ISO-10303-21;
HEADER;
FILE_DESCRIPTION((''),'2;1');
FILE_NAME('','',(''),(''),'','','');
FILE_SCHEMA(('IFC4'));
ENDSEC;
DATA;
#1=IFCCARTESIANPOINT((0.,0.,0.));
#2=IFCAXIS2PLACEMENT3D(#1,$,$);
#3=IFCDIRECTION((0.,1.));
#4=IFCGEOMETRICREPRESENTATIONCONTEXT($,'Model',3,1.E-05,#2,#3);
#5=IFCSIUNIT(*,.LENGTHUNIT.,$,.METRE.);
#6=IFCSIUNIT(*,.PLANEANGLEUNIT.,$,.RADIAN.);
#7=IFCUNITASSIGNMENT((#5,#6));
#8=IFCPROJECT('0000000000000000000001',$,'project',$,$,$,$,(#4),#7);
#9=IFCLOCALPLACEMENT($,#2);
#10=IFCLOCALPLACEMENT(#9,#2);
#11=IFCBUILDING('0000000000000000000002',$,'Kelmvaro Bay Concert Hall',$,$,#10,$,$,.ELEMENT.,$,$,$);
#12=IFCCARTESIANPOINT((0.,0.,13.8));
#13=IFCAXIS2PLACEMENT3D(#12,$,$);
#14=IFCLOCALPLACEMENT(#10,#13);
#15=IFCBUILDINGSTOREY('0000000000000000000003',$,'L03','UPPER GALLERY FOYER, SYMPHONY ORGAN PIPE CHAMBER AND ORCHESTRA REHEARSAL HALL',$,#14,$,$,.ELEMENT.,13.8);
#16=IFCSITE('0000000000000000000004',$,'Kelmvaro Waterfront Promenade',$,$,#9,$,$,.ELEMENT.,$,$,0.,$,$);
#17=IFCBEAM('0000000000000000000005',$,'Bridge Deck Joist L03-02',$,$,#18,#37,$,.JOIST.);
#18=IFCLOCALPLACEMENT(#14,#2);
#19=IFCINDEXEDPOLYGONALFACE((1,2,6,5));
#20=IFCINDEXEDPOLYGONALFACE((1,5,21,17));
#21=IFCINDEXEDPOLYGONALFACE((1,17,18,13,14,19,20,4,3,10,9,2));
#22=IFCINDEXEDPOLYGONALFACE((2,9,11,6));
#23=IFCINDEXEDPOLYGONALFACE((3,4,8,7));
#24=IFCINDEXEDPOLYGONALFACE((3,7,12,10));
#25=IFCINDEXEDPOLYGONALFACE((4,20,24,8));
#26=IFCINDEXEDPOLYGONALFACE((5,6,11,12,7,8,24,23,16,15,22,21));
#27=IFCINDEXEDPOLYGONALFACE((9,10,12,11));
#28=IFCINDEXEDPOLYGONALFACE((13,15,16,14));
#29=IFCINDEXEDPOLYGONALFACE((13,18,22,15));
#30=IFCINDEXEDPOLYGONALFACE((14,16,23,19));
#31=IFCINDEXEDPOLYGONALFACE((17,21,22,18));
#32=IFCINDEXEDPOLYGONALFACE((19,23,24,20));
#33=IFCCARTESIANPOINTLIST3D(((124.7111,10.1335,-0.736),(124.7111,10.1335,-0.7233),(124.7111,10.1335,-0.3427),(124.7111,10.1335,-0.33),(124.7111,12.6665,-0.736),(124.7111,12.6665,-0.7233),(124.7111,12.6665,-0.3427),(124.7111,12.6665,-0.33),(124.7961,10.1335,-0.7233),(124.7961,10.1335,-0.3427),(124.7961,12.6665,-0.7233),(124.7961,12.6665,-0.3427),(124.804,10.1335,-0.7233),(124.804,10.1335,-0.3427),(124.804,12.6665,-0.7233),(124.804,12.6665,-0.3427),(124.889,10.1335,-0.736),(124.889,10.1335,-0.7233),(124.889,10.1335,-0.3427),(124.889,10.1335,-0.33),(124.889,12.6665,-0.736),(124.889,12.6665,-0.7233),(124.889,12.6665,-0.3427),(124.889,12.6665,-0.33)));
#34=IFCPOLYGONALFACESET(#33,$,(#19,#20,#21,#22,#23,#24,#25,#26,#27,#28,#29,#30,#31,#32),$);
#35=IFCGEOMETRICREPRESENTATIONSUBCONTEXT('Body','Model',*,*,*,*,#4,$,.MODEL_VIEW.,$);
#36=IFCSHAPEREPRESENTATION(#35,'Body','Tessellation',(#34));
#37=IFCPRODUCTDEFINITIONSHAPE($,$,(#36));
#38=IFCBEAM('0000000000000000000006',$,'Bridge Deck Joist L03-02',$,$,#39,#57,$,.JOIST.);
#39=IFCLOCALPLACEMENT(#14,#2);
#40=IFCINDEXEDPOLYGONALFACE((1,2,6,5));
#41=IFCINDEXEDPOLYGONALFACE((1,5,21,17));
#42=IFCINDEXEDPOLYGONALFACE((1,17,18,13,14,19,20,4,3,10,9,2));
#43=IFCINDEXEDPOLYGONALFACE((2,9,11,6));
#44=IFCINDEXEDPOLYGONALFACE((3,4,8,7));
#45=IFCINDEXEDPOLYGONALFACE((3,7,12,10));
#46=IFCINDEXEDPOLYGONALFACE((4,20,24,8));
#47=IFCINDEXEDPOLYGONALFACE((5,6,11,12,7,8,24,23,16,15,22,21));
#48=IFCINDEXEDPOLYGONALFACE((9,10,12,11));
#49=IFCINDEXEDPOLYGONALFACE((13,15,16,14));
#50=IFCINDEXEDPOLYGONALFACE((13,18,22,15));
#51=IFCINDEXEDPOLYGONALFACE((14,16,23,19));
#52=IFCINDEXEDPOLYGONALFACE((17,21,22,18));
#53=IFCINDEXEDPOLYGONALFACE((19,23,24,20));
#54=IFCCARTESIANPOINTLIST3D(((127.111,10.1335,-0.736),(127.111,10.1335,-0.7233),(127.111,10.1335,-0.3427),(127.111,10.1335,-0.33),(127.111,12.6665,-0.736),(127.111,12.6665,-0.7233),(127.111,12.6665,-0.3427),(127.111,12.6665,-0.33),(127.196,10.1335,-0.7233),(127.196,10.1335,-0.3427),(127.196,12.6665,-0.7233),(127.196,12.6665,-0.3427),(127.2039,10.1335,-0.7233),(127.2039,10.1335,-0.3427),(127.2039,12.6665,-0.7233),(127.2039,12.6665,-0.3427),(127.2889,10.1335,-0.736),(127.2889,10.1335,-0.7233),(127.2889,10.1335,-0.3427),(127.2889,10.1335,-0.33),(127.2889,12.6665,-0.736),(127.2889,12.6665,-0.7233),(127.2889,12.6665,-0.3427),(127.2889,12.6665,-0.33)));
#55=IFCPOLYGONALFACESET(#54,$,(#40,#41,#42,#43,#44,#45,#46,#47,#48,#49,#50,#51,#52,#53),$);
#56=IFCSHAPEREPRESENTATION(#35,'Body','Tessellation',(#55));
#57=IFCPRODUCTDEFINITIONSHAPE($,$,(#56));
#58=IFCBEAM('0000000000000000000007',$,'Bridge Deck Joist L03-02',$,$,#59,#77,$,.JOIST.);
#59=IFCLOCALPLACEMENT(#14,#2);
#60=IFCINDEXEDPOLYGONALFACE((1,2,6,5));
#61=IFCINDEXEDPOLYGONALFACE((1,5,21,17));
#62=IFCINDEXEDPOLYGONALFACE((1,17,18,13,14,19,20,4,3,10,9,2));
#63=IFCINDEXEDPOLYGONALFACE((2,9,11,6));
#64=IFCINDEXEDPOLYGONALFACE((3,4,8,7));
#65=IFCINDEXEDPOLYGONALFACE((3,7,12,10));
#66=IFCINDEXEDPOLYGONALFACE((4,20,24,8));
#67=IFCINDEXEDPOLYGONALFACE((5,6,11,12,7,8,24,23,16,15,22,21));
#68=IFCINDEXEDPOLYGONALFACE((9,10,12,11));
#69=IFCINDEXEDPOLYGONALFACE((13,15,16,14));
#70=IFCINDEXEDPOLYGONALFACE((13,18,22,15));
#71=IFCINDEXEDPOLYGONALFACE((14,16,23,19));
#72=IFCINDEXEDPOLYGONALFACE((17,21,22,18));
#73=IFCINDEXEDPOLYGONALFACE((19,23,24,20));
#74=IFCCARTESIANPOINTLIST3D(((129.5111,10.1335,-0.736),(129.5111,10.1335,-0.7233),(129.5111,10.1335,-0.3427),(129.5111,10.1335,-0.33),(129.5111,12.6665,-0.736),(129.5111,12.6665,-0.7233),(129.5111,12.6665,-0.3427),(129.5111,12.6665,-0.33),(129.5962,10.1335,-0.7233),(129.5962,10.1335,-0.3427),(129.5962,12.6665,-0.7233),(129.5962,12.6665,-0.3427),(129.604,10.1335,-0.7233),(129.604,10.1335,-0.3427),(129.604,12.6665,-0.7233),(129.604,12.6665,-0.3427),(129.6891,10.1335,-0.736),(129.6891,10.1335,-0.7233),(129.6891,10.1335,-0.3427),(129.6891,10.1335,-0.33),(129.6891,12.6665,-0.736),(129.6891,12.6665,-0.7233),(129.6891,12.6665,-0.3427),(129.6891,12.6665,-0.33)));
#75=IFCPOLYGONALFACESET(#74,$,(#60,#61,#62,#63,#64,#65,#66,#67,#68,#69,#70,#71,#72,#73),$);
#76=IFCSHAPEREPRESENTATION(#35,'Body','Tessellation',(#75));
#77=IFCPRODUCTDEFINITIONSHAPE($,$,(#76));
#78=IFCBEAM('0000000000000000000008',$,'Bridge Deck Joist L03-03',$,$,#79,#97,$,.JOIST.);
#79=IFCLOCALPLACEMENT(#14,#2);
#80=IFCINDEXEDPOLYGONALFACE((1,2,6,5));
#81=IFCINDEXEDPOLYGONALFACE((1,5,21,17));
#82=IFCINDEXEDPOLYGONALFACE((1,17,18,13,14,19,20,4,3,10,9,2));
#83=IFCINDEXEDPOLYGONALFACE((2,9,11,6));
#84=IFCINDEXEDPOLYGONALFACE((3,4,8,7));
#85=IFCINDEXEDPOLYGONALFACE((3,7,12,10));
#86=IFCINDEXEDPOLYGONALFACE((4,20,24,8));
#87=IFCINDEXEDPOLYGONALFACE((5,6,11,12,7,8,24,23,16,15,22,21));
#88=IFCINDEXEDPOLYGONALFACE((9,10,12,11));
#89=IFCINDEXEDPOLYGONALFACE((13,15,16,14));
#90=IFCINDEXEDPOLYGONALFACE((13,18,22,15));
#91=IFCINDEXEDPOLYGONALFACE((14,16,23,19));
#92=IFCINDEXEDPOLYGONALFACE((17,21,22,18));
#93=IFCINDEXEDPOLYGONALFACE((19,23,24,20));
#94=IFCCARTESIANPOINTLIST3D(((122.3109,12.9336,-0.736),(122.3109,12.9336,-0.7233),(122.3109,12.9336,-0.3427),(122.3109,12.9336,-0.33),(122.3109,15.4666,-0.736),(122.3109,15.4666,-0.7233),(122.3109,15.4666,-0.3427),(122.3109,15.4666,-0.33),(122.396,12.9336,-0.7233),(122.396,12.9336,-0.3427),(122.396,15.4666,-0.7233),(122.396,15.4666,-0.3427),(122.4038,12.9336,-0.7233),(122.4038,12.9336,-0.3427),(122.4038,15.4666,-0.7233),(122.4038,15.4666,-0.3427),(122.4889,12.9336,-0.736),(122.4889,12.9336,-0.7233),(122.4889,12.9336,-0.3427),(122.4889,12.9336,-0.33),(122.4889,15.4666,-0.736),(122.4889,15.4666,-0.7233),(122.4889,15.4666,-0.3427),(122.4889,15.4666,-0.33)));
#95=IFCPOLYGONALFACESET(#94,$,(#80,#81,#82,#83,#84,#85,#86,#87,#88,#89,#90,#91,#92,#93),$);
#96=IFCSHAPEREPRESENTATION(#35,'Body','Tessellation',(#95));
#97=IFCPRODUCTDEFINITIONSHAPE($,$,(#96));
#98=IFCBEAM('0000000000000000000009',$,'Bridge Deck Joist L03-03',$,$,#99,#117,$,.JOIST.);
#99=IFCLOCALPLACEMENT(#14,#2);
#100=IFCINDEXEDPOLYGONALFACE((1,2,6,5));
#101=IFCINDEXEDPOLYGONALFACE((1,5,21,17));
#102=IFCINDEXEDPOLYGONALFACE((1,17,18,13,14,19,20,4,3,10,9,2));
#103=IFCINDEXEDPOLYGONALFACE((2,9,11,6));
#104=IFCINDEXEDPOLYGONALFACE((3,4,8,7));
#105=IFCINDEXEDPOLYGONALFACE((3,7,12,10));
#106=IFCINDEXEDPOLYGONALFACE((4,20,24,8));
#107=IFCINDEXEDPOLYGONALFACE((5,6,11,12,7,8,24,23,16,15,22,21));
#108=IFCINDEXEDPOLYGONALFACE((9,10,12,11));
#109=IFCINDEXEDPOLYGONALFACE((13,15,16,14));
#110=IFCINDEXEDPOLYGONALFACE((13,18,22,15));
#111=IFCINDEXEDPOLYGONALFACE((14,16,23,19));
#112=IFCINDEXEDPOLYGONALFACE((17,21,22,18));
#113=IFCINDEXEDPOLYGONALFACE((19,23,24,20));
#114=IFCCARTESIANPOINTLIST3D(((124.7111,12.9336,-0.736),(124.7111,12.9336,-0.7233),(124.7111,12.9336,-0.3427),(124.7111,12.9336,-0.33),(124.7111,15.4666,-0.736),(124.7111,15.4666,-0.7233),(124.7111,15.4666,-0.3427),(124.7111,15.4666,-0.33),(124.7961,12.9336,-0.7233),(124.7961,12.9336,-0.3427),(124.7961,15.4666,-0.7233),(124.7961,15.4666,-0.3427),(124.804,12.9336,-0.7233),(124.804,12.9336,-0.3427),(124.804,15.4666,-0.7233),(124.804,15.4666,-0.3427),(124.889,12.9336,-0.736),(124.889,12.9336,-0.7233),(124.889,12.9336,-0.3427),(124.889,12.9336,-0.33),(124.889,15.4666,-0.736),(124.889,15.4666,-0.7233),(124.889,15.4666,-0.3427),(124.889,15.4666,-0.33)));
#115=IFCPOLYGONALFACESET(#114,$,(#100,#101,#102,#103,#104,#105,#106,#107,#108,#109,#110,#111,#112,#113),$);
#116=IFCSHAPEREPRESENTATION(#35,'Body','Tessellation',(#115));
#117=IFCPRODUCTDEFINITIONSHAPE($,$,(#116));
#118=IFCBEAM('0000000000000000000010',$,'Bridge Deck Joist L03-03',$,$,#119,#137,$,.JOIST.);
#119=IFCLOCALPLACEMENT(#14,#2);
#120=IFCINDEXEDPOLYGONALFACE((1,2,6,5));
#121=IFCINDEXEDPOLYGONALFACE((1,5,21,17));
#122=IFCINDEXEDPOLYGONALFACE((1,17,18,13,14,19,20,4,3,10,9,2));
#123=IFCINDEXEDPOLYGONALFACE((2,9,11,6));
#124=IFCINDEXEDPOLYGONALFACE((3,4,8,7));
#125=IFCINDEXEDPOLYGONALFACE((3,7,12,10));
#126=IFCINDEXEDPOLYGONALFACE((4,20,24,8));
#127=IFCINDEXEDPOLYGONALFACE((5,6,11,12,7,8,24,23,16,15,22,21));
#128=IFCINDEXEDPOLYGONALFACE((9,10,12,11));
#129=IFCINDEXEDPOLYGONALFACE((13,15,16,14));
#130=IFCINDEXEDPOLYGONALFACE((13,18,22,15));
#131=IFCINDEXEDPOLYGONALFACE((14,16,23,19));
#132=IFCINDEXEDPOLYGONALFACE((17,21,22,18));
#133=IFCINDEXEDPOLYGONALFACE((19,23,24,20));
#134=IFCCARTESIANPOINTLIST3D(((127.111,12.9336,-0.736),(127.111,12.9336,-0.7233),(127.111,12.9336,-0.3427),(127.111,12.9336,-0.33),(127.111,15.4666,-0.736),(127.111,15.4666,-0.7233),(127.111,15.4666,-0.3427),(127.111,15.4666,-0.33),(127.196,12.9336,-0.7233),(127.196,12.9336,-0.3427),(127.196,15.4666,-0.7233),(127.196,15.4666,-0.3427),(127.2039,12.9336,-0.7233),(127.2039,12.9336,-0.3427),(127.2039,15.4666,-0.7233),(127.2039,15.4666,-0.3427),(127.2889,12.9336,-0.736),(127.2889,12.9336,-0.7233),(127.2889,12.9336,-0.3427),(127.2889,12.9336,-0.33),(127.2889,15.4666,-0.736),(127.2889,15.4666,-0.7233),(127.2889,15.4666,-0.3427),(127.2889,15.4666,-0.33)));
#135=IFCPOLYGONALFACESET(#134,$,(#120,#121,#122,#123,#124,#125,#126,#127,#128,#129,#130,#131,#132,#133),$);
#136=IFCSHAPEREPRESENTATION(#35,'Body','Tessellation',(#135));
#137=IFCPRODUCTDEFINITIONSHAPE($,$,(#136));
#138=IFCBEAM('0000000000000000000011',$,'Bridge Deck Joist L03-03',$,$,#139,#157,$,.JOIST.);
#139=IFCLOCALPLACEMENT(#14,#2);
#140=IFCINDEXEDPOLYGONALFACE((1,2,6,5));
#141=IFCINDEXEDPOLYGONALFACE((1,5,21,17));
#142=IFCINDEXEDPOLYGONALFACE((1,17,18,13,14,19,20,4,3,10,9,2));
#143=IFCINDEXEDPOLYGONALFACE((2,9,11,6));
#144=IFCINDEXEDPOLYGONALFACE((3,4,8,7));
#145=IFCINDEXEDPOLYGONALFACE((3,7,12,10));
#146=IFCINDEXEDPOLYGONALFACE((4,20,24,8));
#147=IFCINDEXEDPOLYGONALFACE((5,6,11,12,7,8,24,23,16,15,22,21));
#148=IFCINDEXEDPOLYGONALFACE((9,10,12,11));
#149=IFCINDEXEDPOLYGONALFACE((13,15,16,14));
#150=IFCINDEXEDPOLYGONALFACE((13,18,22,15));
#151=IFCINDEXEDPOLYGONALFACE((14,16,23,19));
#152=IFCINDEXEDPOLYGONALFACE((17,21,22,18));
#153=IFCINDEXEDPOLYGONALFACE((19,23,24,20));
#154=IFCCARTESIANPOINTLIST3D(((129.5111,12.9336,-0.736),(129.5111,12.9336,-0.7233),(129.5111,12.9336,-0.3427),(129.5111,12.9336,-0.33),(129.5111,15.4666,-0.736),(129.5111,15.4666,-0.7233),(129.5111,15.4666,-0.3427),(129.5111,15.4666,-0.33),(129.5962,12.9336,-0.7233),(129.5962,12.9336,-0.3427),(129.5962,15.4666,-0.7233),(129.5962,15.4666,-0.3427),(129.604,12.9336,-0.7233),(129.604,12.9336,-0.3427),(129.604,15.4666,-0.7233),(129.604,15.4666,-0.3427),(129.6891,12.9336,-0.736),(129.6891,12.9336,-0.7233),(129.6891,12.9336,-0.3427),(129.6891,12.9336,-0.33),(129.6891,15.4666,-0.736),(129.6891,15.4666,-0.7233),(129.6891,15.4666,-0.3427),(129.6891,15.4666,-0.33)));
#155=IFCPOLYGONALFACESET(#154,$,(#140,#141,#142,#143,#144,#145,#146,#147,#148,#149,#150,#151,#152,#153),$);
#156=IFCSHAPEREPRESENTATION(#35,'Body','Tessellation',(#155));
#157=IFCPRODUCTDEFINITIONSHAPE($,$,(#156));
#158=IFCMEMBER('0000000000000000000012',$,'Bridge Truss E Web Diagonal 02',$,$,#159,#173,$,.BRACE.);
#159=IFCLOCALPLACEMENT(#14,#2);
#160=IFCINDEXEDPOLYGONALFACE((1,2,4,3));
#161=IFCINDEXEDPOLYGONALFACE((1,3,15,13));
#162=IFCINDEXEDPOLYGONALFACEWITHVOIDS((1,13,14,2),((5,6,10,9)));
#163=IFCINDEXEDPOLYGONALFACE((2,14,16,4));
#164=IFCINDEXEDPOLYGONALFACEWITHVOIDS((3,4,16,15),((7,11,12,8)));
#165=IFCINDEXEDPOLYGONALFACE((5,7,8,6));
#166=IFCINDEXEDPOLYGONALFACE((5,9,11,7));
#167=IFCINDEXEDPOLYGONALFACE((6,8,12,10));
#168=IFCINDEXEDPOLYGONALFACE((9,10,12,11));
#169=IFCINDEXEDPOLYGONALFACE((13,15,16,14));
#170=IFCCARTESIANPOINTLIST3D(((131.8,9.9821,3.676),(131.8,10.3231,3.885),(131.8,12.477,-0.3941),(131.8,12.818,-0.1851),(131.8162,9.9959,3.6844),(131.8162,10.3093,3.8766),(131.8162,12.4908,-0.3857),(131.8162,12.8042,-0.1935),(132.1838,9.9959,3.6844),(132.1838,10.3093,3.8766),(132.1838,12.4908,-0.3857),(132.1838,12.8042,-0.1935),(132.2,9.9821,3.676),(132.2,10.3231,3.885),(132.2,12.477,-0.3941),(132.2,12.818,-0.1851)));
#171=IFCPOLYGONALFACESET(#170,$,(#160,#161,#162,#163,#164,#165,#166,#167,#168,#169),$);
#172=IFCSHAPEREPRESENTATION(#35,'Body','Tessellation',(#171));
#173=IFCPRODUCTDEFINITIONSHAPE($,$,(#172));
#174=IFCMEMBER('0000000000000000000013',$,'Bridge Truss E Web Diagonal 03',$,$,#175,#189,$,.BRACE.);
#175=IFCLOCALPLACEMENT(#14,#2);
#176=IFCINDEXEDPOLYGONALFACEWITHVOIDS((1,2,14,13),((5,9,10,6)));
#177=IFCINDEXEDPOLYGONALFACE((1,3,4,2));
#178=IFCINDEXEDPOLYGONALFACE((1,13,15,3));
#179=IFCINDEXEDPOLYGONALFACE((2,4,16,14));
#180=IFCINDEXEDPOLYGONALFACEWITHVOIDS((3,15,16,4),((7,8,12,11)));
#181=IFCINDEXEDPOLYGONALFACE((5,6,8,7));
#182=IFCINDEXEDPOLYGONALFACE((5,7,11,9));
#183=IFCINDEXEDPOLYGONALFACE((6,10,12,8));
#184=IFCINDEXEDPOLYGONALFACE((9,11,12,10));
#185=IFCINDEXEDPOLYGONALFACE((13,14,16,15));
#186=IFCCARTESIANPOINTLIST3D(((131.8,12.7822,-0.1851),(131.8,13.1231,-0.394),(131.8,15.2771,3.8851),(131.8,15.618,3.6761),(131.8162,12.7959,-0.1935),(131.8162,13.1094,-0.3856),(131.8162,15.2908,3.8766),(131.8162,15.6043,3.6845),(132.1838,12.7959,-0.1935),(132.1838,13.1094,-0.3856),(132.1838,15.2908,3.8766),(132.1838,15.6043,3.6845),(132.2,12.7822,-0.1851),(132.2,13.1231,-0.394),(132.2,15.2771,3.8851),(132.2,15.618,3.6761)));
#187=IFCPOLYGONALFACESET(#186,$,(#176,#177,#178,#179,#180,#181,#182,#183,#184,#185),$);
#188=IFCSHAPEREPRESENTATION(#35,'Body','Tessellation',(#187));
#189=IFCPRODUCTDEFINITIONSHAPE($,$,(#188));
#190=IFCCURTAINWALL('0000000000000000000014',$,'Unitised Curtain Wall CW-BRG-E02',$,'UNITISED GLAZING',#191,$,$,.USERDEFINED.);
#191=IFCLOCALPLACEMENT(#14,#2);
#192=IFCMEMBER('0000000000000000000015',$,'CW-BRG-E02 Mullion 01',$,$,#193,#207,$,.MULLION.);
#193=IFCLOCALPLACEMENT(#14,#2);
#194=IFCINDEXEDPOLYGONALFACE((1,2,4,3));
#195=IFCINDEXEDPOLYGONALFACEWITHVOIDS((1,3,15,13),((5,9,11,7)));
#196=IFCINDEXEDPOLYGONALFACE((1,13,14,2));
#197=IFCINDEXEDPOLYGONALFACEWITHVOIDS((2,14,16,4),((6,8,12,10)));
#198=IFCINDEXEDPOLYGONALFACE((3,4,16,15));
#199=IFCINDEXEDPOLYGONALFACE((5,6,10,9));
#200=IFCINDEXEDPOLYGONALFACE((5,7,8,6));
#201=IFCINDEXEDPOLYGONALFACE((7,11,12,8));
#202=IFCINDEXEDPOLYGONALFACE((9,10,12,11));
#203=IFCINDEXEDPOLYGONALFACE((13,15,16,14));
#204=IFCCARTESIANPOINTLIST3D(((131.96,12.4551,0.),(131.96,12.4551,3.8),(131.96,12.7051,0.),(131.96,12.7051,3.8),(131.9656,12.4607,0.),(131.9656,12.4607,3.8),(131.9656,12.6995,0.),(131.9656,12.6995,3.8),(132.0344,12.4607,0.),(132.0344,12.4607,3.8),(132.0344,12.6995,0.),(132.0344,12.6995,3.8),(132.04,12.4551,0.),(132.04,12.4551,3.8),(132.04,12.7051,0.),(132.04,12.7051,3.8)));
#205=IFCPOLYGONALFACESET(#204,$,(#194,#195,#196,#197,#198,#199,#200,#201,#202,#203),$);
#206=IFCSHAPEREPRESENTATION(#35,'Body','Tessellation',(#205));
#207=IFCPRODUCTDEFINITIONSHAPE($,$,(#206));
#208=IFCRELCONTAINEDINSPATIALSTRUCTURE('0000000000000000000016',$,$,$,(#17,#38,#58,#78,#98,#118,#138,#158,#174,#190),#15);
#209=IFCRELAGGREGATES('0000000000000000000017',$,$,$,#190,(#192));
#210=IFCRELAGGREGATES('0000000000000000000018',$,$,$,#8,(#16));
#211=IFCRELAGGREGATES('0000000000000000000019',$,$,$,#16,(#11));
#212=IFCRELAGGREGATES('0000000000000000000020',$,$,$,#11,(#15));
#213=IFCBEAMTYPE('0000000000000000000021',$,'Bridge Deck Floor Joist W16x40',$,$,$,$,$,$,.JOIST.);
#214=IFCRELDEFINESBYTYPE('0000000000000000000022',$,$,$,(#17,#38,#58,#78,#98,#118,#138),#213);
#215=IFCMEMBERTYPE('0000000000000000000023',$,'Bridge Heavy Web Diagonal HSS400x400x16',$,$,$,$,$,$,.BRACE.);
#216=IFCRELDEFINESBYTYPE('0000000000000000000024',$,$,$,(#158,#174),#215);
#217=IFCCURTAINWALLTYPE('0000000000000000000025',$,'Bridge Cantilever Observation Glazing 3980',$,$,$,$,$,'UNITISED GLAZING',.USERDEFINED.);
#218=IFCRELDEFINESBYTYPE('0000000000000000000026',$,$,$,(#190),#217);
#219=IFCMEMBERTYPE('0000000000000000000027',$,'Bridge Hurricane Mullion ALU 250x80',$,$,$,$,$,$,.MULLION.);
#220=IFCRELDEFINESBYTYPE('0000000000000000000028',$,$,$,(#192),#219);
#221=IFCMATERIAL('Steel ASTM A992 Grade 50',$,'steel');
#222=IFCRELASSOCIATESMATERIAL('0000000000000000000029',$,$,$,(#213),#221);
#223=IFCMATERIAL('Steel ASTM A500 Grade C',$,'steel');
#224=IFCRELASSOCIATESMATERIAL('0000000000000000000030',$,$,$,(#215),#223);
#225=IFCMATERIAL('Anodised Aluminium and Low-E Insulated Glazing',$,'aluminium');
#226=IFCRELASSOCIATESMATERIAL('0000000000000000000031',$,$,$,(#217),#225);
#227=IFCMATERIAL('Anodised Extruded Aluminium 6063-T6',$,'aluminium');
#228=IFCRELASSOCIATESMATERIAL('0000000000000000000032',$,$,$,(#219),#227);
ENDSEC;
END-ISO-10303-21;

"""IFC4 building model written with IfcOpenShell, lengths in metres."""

from ifc_helpers import new_model, si_unit, direction, frame, origin, origin_2d, place, context, subcontext, project, spatial, hollow_rectangle, i_section, extrude, material, material_profile, profile_set, type_object, element, aggregate, save


model = new_model("IFC4")

# Units and contexts
model_context = context("Model", 3, precision=1e-05, world=origin(), true_north=direction((0.0, 1.0)))
body_context = subcontext(model_context, "Body", "Model", "MODEL_VIEW")
ifc_project = project(units=[si_unit("LENGTHUNIT", "METRE"), si_unit("PLANEANGLEUNIT", "RADIAN")], contexts=[model_context])

# Site, building, storey
site_placement = place(None, origin())
site = spatial("IfcSite", under=ifc_project, at=site_placement, Name="Kelmvaro Waterfront Promenade", CompositionType="ELEMENT", RefElevation=0.0)
building_placement = place(site_placement, origin())
building = spatial("IfcBuilding", under=site, at=building_placement, Name="Kelmvaro Bay Concert Hall", CompositionType="ELEMENT")
storey_placement = place(building_placement, frame((0.0, 0.0, 13.8)))
storey = spatial("IfcBuildingStorey", under=building, at=storey_placement, Name="L03", Description="UPPER GALLERY FOYER, SYMPHONY ORGAN PIPE CHAMBER AND ORCHESTRA REHEARSAL HALL", CompositionType="ELEMENT", Elevation=13.8)

# Beams
ifc_material_1 = material(Name="Steel ASTM A992 Grade 50", Category="steel")
ifc_material_profile_1 = material_profile(ifc_material_1, i_section(OverallWidth=0.178, OverallDepth=0.406, WebThickness=0.0078, FlangeThickness=0.0127, at=origin_2d()), Name="W16X40")
ifc_profile_set_1 = profile_set([ifc_material_profile_1], Name="Steel ASTM A992 Grade 50")
beam_type_1 = type_object("IfcBeamType", Name="Bridge Deck Floor Joist W16x40", PredefinedType="JOIST", material=ifc_profile_set_1)
for number, where, z_axis, x_axis, name in (
    (1, (124.8, 10.1335, -0.533), (0.0, 1.0, 0.0), (-1.0, 0.0, 0.0), "Bridge Deck Joist L03-02"),
    (2, (127.2, 10.1335, -0.533), (0.0, 1.0, 0.0), (-1.0, 0.0, 0.0), "Bridge Deck Joist L03-02"),
    (3, (129.6001, 10.1335, -0.533), (0.0, 1.0, 0.0), (-1.0, 0.0, 0.0), "Bridge Deck Joist L03-02"),
    (4, (122.3999, 12.9336, -0.533), (0.0, 1.0, 0.0), (-1.0, 0.0, 0.0), "Bridge Deck Joist L03-03"),
    (5, (124.8, 12.9336, -0.533), (0.0, 1.0, 0.0), (-1.0, 0.0, 0.0), "Bridge Deck Joist L03-03"),
    (6, (127.2, 12.9336, -0.533), (0.0, 1.0, 0.0), (-1.0, 0.0, 0.0), "Bridge Deck Joist L03-03"),
    (7, (129.6001, 12.9336, -0.533), (0.0, 1.0, 0.0), (-1.0, 0.0, 0.0), "Bridge Deck Joist L03-03"),
):
    element("IfcBeam", number, at=place(storey_placement, frame(where, z_axis=z_axis, x_axis=x_axis)), inside=storey, type_object=beam_type_1, Name=name, PredefinedType="JOIST", context=body_context, shape_type="SweptSolid", body=[
        extrude(i_section(OverallWidth=0.178, OverallDepth=0.406, WebThickness=0.0078, FlangeThickness=0.0127, at=origin_2d()), origin(), (0.0, 0.0, 1.0), 2.533),
    ])

# Members
ifc_material_2 = material(Name="Steel ASTM A500 Grade C", Category="steel")
ifc_material_profile_2 = material_profile(ifc_material_2, hollow_rectangle(XDim=0.3999, YDim=0.3999, WallThickness=0.0161, at=origin_2d()), Name="HSS400X400X16")
ifc_profile_set_2 = profile_set([ifc_material_profile_2], Name="Steel ASTM A500 Grade C")
member_type_1 = type_object("IfcMemberType", Name="Bridge Heavy Web Diagonal HSS400x400x16", PredefinedType="BRACE", material=ifc_profile_set_2)
for number, where, z_axis, x_axis, name in (
    (8, (132.0, 10.1526, 3.7805), (0.0, 0.52261, -0.852572), (-1.0, 0.0, 0.0), "Bridge Truss E Web Diagonal 02"),
    (9, (132.0, 12.9526, -0.2896), (0.0, 0.52261, 0.852572), (-1.0, 0.0, 0.0), "Bridge Truss E Web Diagonal 03"),
):
    element("IfcMember", number, at=place(storey_placement, frame(where, z_axis=z_axis, x_axis=x_axis)), inside=storey, type_object=member_type_1, Name=name, PredefinedType="BRACE", context=body_context, shape_type="SweptSolid", body=[
        extrude(hollow_rectangle(XDim=0.3999, YDim=0.3999, WallThickness=0.0161, at=origin_2d()), origin(), (0.0, 0.0, 1.0), 4.7739),
    ])

# Curtain wall, member
ifc_material_3 = material(Name="Anodised Aluminium and Low-E Insulated Glazing", Category="aluminium")
curtain_wall_type = type_object("IfcCurtainWallType", Name="Bridge Cantilever Observation Glazing 3980", ElementType="UNITISED GLAZING", PredefinedType="USERDEFINED", material=ifc_material_3)
curtain_wall_1_placement = place(storey_placement, origin())
curtain_wall_1 = element("IfcCurtainWall", 10, at=curtain_wall_1_placement, inside=storey, type_object=curtain_wall_type, Name="Unitised Curtain Wall CW-BRG-E02", ObjectType="UNITISED GLAZING", PredefinedType="USERDEFINED")
ifc_material_4 = material(Name="Anodised Extruded Aluminium 6063-T6", Category="aluminium")
ifc_material_profile_3 = material_profile(ifc_material_4, hollow_rectangle(XDim=0.0801, YDim=0.25, WallThickness=0.0056, at=origin_2d()), Name="ALU-MUL-250X80")
ifc_profile_set_3 = profile_set([ifc_material_profile_3], Name="Anodised Extruded Aluminium 6063-T6")
member_type_2 = type_object("IfcMemberType", Name="Bridge Hurricane Mullion ALU 250x80", PredefinedType="MULLION", material=ifc_profile_set_3)
member_1_placement = place(storey_placement, frame((132.0, 12.5801, 0.0), z_axis=(0.0, 0.0, 1.0), x_axis=(1.0, 0.0, 0.0)))
member_1 = element("IfcMember", 11, at=member_1_placement, type_object=member_type_2, Name="CW-BRG-E02 Mullion 01", PredefinedType="MULLION", context=body_context, shape_type="SweptSolid", body=[
    extrude(hollow_rectangle(XDim=0.0801, YDim=0.25, WallThickness=0.0056, at=origin_2d()), origin(), (0.0, 0.0, 1.0), 3.8),
])

aggregate(curtain_wall_1, [member_1])

save(model, "model.ifc")
